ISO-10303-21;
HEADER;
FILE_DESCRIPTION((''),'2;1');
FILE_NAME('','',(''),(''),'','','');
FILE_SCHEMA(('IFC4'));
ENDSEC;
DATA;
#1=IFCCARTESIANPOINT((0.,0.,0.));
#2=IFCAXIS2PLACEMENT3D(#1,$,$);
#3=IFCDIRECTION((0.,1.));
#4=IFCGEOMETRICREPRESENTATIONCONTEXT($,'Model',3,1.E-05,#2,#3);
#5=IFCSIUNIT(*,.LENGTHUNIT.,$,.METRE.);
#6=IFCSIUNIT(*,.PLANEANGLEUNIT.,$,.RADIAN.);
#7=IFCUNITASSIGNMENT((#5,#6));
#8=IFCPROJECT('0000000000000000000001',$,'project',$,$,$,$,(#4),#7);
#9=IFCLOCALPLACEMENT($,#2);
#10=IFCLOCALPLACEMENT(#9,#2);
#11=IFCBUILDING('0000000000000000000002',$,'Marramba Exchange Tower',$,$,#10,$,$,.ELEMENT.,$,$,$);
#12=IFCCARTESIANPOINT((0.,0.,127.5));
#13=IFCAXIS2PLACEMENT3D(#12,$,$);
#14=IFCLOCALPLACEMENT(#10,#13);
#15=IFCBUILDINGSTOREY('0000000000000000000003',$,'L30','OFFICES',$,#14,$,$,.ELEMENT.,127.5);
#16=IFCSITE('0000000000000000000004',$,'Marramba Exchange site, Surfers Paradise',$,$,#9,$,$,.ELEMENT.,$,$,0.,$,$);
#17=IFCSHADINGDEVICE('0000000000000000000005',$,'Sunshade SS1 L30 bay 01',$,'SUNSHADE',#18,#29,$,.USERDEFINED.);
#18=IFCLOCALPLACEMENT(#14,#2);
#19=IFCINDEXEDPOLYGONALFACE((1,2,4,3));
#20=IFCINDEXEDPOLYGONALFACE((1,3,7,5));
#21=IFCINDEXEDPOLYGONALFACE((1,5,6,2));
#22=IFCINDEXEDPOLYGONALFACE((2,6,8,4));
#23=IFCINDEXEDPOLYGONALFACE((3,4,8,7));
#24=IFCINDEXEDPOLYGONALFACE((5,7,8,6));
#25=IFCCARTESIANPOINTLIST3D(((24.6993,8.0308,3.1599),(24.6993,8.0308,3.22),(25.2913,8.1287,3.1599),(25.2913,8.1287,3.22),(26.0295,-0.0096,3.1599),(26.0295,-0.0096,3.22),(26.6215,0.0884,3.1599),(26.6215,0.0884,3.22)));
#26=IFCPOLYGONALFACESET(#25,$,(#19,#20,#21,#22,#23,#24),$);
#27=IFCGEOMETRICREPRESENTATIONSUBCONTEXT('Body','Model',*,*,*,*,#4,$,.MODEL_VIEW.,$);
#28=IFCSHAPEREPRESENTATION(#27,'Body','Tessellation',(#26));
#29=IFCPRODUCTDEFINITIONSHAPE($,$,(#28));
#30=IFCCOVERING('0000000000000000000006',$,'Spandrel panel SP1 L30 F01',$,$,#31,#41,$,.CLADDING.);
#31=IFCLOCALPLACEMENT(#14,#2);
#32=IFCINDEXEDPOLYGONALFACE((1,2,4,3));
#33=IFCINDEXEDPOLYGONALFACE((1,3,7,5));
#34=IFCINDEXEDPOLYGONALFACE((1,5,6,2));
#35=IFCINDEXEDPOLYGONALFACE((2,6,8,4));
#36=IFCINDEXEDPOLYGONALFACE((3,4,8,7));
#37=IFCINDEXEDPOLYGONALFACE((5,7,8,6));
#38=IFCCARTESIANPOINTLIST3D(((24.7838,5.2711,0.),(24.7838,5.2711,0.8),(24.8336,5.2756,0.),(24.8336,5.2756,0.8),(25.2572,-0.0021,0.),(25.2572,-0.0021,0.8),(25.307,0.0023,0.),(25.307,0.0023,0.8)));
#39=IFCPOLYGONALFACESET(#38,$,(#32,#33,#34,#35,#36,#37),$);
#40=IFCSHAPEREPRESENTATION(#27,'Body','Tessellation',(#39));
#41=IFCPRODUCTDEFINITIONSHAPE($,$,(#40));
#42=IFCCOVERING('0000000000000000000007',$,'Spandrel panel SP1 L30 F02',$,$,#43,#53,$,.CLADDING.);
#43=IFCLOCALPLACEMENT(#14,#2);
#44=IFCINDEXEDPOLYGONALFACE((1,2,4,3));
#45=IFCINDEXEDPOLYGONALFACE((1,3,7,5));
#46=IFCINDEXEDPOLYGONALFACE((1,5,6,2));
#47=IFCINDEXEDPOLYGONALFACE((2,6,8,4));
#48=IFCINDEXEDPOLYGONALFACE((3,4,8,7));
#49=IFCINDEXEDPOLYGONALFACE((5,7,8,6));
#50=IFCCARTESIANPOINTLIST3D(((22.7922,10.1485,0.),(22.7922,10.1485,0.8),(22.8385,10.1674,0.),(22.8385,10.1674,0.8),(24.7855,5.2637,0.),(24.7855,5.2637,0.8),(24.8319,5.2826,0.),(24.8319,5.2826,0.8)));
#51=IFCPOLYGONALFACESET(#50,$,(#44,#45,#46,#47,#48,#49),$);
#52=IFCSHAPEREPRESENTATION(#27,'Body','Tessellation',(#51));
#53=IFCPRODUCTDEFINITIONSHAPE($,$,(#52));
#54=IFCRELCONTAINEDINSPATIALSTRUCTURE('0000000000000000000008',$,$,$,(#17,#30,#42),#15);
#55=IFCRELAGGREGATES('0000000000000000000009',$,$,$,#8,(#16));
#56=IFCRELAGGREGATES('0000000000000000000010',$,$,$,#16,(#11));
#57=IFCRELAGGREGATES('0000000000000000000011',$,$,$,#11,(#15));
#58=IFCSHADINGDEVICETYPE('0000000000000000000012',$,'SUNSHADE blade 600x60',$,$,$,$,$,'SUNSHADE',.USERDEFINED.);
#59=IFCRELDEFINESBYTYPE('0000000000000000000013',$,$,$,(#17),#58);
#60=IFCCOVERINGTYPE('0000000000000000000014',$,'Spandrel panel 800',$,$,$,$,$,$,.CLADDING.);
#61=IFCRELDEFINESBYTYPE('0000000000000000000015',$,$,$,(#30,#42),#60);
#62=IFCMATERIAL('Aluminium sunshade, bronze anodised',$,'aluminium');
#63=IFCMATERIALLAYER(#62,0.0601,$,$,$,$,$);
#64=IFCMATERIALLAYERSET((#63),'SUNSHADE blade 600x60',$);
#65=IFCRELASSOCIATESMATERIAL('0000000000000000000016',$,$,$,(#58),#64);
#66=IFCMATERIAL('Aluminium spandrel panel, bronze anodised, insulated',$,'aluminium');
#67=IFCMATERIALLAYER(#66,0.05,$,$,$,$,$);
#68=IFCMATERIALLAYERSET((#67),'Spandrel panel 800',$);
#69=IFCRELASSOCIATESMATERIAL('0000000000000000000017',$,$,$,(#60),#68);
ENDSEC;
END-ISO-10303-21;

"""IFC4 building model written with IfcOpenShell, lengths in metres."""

from ifc_helpers import new_model, si_unit, direction, frame, origin, origin_2d, place, context, subcontext, project, spatial, rectangle, extrude, material, layer, layer_set, type_object, element, save


model = new_model("IFC4")

# Units and contexts
model_context = context("Model", 3, precision=1e-05, world=origin(), true_north=direction((0.0, 1.0)))
body_context = subcontext(model_context, "Body", "Model", "MODEL_VIEW")
ifc_project = project(units=[si_unit("LENGTHUNIT", "METRE"), si_unit("PLANEANGLEUNIT", "RADIAN")], contexts=[model_context])

# Site, building, storey
site_placement = place(None, origin())
site = spatial("IfcSite", under=ifc_project, at=site_placement, Name="Marramba Exchange site, Surfers Paradise", CompositionType="ELEMENT", RefElevation=0.0)
building_placement = place(site_placement, origin())
building = spatial("IfcBuilding", under=site, at=building_placement, Name="Marramba Exchange Tower", CompositionType="ELEMENT")
storey_placement = place(building_placement, frame((0.0, 0.0, 127.5)))
storey = spatial("IfcBuildingStorey", under=building, at=storey_placement, Name="L30", Description="OFFICES", CompositionType="ELEMENT", Elevation=127.5)

# Shading device
ifc_material_1 = material(Name="Aluminium sunshade, bronze anodised", Category="aluminium")
ifc_layer_1 = layer(ifc_material_1, 0.0601)
ifc_layer_set_1 = layer_set([ifc_layer_1], Name="SUNSHADE blade 600x60")
shading_device_type_1 = type_object("IfcShadingDeviceType", Name="SUNSHADE blade 600x60", ElementType="SUNSHADE", PredefinedType="USERDEFINED", material=ifc_layer_set_1)
shading_device_1_placement = place(storey_placement, frame((25.6604, 4.0596, 3.1599), z_axis=(0.0, 0.0, 1.0), x_axis=(-0.163228, 0.986588, 0.0)))
element("IfcShadingDevice", 1, at=shading_device_1_placement, inside=storey, type_object=shading_device_type_1, Name="Sunshade SS1 L30 bay 01", ObjectType="SUNSHADE", PredefinedType="USERDEFINED", context=body_context, shape_type="SweptSolid", body=[
    extrude(rectangle(XDim=8.1497, YDim=0.6001, at=origin_2d()), origin(), (0.0, 0.0, 1.0), 0.0601),
])

# Coverings
ifc_material_2 = material(Name="Aluminium spandrel panel, bronze anodised, insulated", Category="aluminium")
ifc_layer_2 = layer(ifc_material_2, 0.05)
ifc_layer_set_2 = layer_set([ifc_layer_2], Name="Spandrel panel 800")
covering_type = type_object("IfcCoveringType", Name="Spandrel panel 800", PredefinedType="CLADDING", material=ifc_layer_set_2)
covering_1_placement = place(storey_placement, frame((25.0454, 2.6367, 0.0), z_axis=(0.0, 0.0, 1.0), x_axis=(-0.089413, 0.995995, 0.0)))
element("IfcCovering", 2, at=covering_1_placement, inside=storey, type_object=covering_type, Name="Spandrel panel SP1 L30 F01", PredefinedType="CLADDING", context=body_context, shape_type="SweptSolid", body=[
    extrude(rectangle(XDim=5.2944, YDim=0.05, at=origin_2d()), origin(), (0.0, 0.0, 1.0), 0.8),
])
covering_2_placement = place(storey_placement, frame((23.812, 7.7156, 0.0), z_axis=(0.0, 0.0, 1.0), x_axis=(-0.377821, 0.925879, 0.0)))
element("IfcCovering", 3, at=covering_2_placement, inside=storey, type_object=covering_type, Name="Spandrel panel SP1 L30 F02", PredefinedType="CLADDING", context=body_context, shape_type="SweptSolid", body=[
    extrude(rectangle(XDim=5.2759, YDim=0.05, at=origin_2d()), origin(), (0.0, 0.0, 1.0), 0.8),
])

save(model, "model.ifc")
